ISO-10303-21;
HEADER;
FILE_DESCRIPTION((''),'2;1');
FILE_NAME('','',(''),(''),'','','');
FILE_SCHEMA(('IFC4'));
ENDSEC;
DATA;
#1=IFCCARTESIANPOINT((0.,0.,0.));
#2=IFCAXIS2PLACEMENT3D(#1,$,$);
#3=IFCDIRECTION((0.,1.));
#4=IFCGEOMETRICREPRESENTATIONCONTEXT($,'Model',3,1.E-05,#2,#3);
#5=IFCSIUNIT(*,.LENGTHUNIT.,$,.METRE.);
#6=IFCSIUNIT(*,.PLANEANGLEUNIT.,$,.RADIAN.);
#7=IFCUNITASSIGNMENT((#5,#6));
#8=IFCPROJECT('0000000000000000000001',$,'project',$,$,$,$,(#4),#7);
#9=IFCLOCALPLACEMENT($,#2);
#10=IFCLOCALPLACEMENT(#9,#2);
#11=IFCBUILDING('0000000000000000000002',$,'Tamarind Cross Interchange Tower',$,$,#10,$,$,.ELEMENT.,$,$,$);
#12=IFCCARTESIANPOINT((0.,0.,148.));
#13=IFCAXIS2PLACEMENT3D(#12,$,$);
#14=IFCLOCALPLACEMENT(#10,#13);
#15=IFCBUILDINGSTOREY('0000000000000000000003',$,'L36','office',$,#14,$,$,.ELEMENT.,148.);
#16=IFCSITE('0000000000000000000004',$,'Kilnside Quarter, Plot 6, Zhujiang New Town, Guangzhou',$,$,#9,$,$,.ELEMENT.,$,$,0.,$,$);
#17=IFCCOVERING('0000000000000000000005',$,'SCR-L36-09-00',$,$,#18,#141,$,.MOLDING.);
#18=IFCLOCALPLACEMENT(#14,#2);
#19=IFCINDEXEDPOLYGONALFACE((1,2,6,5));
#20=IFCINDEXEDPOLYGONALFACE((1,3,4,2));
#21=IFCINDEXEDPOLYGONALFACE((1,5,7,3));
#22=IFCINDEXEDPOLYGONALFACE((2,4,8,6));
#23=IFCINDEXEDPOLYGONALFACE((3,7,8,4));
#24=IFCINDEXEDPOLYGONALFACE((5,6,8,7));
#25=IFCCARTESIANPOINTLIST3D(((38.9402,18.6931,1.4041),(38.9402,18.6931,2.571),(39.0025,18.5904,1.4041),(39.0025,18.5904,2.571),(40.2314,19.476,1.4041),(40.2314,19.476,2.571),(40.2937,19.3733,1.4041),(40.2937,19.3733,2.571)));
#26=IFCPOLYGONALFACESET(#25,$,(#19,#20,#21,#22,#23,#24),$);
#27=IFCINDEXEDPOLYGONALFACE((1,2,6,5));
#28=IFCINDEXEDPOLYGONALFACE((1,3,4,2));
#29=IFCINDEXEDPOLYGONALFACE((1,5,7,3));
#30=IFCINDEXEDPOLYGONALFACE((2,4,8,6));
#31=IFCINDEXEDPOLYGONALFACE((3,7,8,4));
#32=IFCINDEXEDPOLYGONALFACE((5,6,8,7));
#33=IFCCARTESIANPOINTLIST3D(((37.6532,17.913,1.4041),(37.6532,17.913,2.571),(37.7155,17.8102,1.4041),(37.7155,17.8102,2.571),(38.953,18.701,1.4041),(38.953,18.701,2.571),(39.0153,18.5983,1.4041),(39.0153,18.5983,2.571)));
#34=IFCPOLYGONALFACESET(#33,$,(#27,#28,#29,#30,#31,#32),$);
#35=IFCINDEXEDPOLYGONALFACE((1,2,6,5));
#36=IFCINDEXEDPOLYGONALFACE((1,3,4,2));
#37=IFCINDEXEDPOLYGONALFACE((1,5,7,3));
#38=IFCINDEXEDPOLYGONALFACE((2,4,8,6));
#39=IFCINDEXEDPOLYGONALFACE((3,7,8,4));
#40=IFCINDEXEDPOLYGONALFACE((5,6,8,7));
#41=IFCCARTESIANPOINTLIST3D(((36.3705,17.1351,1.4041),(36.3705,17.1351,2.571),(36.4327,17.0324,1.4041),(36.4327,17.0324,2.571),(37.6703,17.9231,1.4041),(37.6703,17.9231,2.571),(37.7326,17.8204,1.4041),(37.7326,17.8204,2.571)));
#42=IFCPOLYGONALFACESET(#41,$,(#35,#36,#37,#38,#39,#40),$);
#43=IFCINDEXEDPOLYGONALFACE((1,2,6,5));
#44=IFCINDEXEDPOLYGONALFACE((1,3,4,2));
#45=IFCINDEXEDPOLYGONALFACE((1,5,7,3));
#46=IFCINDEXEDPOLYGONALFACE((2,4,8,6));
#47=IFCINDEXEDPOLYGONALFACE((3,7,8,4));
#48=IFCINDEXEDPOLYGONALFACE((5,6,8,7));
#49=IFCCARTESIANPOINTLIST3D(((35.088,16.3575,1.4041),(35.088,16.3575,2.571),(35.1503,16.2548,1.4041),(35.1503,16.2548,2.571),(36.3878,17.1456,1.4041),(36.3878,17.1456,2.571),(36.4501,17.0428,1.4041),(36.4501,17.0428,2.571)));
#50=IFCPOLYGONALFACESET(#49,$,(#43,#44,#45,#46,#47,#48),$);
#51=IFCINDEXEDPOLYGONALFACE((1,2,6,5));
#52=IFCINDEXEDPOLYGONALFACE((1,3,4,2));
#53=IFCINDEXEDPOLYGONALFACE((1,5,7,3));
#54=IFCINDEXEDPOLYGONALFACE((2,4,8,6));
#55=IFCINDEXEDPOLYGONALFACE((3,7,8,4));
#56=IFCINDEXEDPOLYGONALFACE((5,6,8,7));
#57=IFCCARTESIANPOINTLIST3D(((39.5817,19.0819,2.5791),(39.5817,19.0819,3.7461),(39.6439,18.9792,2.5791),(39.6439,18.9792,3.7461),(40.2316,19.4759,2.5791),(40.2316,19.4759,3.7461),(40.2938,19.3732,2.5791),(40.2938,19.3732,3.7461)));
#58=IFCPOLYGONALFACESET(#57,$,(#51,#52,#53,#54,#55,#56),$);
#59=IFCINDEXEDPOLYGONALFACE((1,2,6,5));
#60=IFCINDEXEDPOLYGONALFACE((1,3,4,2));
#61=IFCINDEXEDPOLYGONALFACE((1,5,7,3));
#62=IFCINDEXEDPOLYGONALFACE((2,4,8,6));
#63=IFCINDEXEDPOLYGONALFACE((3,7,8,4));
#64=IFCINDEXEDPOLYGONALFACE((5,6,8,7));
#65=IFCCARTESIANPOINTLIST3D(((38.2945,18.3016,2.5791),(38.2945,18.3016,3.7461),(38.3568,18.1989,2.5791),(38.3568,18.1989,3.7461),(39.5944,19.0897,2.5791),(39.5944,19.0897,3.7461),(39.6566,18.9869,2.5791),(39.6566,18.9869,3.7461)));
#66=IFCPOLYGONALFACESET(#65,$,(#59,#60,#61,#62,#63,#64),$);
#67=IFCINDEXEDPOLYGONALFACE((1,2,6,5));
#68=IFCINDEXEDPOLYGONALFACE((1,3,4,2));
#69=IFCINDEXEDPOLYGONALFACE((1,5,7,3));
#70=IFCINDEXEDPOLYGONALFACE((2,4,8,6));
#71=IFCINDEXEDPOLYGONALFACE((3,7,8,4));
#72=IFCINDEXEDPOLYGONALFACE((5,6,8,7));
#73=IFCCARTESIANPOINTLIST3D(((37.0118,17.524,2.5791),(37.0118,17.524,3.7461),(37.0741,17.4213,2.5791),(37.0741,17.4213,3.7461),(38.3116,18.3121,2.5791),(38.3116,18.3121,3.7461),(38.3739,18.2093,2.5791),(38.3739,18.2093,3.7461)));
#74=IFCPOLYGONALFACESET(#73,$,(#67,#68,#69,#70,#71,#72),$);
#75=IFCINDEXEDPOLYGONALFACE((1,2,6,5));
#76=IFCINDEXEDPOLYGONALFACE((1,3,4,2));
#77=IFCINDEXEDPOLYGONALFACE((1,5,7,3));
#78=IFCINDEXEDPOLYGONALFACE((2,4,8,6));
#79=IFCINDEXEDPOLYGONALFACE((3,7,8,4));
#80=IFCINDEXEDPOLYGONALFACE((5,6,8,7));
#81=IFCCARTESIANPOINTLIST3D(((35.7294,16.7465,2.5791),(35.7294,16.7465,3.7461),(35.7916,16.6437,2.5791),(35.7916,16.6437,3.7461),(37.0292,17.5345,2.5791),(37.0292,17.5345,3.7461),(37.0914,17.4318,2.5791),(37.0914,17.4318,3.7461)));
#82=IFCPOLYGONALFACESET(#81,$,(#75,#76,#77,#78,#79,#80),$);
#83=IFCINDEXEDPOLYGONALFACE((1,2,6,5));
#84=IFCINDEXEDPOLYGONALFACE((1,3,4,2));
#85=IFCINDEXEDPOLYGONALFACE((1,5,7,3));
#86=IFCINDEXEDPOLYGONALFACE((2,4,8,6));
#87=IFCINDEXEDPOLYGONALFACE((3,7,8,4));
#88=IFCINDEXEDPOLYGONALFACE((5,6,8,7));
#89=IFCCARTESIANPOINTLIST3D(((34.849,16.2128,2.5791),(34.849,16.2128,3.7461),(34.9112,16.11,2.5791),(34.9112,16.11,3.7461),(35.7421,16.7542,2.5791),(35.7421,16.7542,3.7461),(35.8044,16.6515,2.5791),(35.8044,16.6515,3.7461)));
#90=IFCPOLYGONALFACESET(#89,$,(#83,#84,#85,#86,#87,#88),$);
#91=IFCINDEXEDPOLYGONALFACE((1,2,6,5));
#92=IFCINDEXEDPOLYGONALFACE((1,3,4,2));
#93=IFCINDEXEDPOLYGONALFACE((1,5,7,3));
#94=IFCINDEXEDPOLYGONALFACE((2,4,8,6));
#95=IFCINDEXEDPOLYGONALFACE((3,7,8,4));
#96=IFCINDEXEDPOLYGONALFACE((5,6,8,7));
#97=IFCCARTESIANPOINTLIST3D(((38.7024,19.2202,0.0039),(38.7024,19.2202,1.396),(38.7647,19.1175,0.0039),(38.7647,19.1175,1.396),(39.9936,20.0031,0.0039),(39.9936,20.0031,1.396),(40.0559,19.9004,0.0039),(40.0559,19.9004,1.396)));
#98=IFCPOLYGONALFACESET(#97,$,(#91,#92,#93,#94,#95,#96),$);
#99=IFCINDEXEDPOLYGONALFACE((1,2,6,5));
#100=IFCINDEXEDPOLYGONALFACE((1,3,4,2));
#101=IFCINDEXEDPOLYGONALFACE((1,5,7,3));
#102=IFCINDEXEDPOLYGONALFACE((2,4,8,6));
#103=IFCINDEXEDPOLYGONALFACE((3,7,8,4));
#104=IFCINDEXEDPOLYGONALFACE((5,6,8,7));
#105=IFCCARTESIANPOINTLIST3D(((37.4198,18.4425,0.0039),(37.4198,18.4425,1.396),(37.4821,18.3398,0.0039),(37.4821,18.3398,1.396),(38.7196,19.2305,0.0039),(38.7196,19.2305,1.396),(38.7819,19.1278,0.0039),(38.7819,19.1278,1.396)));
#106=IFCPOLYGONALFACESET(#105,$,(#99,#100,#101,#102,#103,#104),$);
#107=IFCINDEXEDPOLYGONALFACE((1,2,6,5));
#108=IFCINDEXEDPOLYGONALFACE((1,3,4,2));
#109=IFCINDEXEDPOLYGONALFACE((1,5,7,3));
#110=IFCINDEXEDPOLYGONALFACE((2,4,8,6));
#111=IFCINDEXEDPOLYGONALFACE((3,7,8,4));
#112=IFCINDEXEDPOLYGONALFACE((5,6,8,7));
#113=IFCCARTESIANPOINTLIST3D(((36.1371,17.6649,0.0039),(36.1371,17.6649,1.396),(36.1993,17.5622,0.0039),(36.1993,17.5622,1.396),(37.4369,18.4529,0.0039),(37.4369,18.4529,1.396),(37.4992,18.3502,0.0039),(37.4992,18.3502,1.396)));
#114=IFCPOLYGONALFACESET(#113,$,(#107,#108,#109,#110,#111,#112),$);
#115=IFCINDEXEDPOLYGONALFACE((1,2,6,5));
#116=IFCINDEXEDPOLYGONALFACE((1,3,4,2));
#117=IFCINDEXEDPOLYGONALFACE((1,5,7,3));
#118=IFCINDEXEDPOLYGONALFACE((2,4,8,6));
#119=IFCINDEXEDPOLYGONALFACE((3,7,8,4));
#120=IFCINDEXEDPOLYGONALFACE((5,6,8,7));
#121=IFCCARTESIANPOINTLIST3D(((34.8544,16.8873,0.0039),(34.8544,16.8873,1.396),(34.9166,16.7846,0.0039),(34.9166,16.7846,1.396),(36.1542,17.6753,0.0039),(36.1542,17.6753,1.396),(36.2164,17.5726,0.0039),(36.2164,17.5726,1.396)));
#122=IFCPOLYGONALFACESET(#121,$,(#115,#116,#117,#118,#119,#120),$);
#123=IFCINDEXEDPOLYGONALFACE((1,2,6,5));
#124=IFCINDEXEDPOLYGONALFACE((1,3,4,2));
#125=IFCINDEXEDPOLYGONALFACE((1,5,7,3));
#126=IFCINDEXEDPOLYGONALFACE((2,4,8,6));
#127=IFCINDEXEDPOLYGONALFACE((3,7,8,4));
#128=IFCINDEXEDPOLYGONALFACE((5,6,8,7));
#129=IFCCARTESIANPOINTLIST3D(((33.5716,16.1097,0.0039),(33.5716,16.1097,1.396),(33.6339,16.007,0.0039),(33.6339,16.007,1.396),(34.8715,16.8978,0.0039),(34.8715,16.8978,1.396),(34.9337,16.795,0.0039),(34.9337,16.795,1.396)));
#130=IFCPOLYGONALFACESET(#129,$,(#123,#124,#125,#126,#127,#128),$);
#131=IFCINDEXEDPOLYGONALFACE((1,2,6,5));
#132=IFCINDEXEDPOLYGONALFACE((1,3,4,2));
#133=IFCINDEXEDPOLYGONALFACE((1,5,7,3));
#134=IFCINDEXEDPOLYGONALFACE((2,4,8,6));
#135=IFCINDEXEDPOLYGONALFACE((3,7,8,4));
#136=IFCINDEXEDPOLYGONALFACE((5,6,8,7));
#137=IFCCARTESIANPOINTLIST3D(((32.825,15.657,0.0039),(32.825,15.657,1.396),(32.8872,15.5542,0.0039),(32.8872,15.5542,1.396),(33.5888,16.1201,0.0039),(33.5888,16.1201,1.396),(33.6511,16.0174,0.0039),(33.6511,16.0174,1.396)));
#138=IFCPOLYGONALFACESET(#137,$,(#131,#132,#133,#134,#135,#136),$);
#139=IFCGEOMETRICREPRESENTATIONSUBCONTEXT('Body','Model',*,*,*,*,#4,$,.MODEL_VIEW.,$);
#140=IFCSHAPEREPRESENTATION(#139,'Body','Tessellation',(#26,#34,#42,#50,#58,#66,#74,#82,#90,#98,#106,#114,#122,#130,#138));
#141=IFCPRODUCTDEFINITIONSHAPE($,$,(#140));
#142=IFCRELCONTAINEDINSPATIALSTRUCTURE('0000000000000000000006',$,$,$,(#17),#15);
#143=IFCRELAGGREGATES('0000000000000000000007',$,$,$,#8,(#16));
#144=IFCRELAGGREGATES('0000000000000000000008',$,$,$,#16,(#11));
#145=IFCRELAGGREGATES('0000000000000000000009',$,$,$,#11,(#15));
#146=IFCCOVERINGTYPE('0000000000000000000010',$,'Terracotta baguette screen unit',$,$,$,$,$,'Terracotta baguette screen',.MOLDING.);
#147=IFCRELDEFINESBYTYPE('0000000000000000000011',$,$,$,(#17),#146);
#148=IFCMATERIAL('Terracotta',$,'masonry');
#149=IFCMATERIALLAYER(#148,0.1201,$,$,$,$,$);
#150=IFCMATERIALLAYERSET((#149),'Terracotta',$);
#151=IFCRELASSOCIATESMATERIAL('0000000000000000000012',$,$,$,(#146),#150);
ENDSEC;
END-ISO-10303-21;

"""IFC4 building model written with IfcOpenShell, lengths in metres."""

from ifc_helpers import new_model, si_unit, direction, frame, origin, origin_2d, place, context, subcontext, project, spatial, rectangle, extrude, material, layer, layer_set, type_object, element, save


model = new_model("IFC4")

# Units and contexts
model_context = context("Model", 3, precision=1e-05, world=origin(), true_north=direction((0.0, 1.0)))
body_context = subcontext(model_context, "Body", "Model", "MODEL_VIEW")
ifc_project = project(units=[si_unit("LENGTHUNIT", "METRE"), si_unit("PLANEANGLEUNIT", "RADIAN")], contexts=[model_context])

# Site, building, storey
site_placement = place(None, origin())
site = spatial("IfcSite", under=ifc_project, at=site_placement, Name="Kilnside Quarter, Plot 6, Zhujiang New Town, Guangzhou", CompositionType="ELEMENT", RefElevation=0.0)
building_placement = place(site_placement, origin())
building = spatial("IfcBuilding", under=site, at=building_placement, Name="Tamarind Cross Interchange Tower", CompositionType="ELEMENT")
storey_placement = place(building_placement, frame((0.0, 0.0, 148.0)))
storey = spatial("IfcBuildingStorey", under=building, at=storey_placement, Name="L36", Description="office", CompositionType="ELEMENT", Elevation=148.0)

# Covering
ifc_material_1 = material(Name="Terracotta", Category="masonry")
ifc_layer_1 = layer(ifc_material_1, 0.1201)
ifc_layer_set_1 = layer_set([ifc_layer_1], Name="Terracotta")
covering_type = type_object("IfcCoveringType", Name="Terracotta baguette screen unit", ElementType="Terracotta baguette screen", PredefinedType="MOLDING", material=ifc_layer_set_1)
covering_1_placement = place(storey_placement, origin())
element("IfcCovering", 1, at=covering_1_placement, inside=storey, type_object=covering_type, Name="SCR-L36-09-00", PredefinedType="MOLDING", context=body_context, shape_type="SweptSolid", body=[
    extrude(rectangle(XDim=1.51, YDim=0.1201, at=origin_2d()), frame((39.6169, 19.0332, 1.4041), z_axis=(0.0, 0.0, 1.0), x_axis=(-0.855123, -0.518425, 0.0)), (0.0, 0.0, 1.0), 1.167),
    extrude(rectangle(XDim=1.52, YDim=0.1201, at=origin_2d()), frame((38.3342, 18.2556, 1.4041), z_axis=(0.0, 0.0, 1.0), x_axis=(-0.855123, -0.518425, 0.0)), (0.0, 0.0, 1.0), 1.167),
    extrude(rectangle(XDim=1.52, YDim=0.1201, at=origin_2d()), frame((37.0515, 17.4778, 1.4041), z_axis=(0.0, 0.0, 1.0), x_axis=(-0.855123, -0.518425, 0.0)), (0.0, 0.0, 1.0), 1.167),
    extrude(rectangle(XDim=1.52, YDim=0.1201, at=origin_2d()), frame((35.769, 16.7002, 1.4041), z_axis=(0.0, 0.0, 1.0), x_axis=(-0.855123, -0.518425, 0.0)), (0.0, 0.0, 1.0), 1.167),
    extrude(rectangle(XDim=0.76, YDim=0.1201, at=origin_2d()), frame((39.9377, 19.2275, 2.5791), z_axis=(0.0, 0.0, 1.0), x_axis=(-0.855123, -0.518425, 0.0)), (0.0, 0.0, 1.0), 1.167),
    extrude(rectangle(XDim=1.52, YDim=0.1201, at=origin_2d()), frame((38.9756, 18.6443, 2.5791), z_axis=(0.0, 0.0, 1.0), x_axis=(-0.855123, -0.518425, 0.0)), (0.0, 0.0, 1.0), 1.167),
    extrude(rectangle(XDim=1.52, YDim=0.1201, at=origin_2d()), frame((37.6929, 17.8667, 2.5791), z_axis=(0.0, 0.0, 1.0), x_axis=(-0.855123, -0.518425, 0.0)), (0.0, 0.0, 1.0), 1.167),
    extrude(rectangle(XDim=1.52, YDim=0.1201, at=origin_2d()), frame((36.4104, 17.0891, 2.5791), z_axis=(0.0, 0.0, 1.0), x_axis=(-0.855123, -0.518425, 0.0)), (0.0, 0.0, 1.0), 1.167),
    extrude(rectangle(XDim=1.0444, YDim=0.1201, at=origin_2d()), frame((35.3267, 16.4321, 2.5791), z_axis=(0.0, 0.0, 1.0), x_axis=(-0.855123, -0.518425, 0.0)), (0.0, 0.0, 1.0), 1.167),
    extrude(rectangle(XDim=1.51, YDim=0.1201, at=origin_2d()), frame((39.3792, 19.5603, 0.0039), z_axis=(0.0, 0.0, 1.0), x_axis=(-0.855123, -0.518425, 0.0)), (0.0, 0.0, 1.0), 1.3921),
    extrude(rectangle(XDim=1.52, YDim=0.1201, at=origin_2d()), frame((38.1008, 18.7852, 0.0039), z_axis=(0.0, 0.0, 1.0), x_axis=(-0.855123, -0.518425, 0.0)), (0.0, 0.0, 1.0), 1.3921),
    extrude(rectangle(XDim=1.52, YDim=0.1201, at=origin_2d()), frame((36.8181, 18.0076, 0.0039), z_axis=(0.0, 0.0, 1.0), x_axis=(-0.855123, -0.518425, 0.0)), (0.0, 0.0, 1.0), 1.3921),
    extrude(rectangle(XDim=1.52, YDim=0.1201, at=origin_2d()), frame((35.5354, 17.23, 0.0039), z_axis=(0.0, 0.0, 1.0), x_axis=(-0.855123, -0.518425, 0.0)), (0.0, 0.0, 1.0), 1.3921),
    extrude(rectangle(XDim=1.52, YDim=0.1201, at=origin_2d()), frame((34.2527, 16.4524, 0.0039), z_axis=(0.0, 0.0, 1.0), x_axis=(-0.855123, -0.518425, 0.0)), (0.0, 0.0, 1.0), 1.3921),
    extrude(rectangle(XDim=0.8933, YDim=0.1201, at=origin_2d()), frame((33.238, 15.8372, 0.0039), z_axis=(0.0, 0.0, 1.0), x_axis=(-0.855123, -0.518425, 0.0)), (0.0, 0.0, 1.0), 1.3921),
])

save(model, "model.ifc")
